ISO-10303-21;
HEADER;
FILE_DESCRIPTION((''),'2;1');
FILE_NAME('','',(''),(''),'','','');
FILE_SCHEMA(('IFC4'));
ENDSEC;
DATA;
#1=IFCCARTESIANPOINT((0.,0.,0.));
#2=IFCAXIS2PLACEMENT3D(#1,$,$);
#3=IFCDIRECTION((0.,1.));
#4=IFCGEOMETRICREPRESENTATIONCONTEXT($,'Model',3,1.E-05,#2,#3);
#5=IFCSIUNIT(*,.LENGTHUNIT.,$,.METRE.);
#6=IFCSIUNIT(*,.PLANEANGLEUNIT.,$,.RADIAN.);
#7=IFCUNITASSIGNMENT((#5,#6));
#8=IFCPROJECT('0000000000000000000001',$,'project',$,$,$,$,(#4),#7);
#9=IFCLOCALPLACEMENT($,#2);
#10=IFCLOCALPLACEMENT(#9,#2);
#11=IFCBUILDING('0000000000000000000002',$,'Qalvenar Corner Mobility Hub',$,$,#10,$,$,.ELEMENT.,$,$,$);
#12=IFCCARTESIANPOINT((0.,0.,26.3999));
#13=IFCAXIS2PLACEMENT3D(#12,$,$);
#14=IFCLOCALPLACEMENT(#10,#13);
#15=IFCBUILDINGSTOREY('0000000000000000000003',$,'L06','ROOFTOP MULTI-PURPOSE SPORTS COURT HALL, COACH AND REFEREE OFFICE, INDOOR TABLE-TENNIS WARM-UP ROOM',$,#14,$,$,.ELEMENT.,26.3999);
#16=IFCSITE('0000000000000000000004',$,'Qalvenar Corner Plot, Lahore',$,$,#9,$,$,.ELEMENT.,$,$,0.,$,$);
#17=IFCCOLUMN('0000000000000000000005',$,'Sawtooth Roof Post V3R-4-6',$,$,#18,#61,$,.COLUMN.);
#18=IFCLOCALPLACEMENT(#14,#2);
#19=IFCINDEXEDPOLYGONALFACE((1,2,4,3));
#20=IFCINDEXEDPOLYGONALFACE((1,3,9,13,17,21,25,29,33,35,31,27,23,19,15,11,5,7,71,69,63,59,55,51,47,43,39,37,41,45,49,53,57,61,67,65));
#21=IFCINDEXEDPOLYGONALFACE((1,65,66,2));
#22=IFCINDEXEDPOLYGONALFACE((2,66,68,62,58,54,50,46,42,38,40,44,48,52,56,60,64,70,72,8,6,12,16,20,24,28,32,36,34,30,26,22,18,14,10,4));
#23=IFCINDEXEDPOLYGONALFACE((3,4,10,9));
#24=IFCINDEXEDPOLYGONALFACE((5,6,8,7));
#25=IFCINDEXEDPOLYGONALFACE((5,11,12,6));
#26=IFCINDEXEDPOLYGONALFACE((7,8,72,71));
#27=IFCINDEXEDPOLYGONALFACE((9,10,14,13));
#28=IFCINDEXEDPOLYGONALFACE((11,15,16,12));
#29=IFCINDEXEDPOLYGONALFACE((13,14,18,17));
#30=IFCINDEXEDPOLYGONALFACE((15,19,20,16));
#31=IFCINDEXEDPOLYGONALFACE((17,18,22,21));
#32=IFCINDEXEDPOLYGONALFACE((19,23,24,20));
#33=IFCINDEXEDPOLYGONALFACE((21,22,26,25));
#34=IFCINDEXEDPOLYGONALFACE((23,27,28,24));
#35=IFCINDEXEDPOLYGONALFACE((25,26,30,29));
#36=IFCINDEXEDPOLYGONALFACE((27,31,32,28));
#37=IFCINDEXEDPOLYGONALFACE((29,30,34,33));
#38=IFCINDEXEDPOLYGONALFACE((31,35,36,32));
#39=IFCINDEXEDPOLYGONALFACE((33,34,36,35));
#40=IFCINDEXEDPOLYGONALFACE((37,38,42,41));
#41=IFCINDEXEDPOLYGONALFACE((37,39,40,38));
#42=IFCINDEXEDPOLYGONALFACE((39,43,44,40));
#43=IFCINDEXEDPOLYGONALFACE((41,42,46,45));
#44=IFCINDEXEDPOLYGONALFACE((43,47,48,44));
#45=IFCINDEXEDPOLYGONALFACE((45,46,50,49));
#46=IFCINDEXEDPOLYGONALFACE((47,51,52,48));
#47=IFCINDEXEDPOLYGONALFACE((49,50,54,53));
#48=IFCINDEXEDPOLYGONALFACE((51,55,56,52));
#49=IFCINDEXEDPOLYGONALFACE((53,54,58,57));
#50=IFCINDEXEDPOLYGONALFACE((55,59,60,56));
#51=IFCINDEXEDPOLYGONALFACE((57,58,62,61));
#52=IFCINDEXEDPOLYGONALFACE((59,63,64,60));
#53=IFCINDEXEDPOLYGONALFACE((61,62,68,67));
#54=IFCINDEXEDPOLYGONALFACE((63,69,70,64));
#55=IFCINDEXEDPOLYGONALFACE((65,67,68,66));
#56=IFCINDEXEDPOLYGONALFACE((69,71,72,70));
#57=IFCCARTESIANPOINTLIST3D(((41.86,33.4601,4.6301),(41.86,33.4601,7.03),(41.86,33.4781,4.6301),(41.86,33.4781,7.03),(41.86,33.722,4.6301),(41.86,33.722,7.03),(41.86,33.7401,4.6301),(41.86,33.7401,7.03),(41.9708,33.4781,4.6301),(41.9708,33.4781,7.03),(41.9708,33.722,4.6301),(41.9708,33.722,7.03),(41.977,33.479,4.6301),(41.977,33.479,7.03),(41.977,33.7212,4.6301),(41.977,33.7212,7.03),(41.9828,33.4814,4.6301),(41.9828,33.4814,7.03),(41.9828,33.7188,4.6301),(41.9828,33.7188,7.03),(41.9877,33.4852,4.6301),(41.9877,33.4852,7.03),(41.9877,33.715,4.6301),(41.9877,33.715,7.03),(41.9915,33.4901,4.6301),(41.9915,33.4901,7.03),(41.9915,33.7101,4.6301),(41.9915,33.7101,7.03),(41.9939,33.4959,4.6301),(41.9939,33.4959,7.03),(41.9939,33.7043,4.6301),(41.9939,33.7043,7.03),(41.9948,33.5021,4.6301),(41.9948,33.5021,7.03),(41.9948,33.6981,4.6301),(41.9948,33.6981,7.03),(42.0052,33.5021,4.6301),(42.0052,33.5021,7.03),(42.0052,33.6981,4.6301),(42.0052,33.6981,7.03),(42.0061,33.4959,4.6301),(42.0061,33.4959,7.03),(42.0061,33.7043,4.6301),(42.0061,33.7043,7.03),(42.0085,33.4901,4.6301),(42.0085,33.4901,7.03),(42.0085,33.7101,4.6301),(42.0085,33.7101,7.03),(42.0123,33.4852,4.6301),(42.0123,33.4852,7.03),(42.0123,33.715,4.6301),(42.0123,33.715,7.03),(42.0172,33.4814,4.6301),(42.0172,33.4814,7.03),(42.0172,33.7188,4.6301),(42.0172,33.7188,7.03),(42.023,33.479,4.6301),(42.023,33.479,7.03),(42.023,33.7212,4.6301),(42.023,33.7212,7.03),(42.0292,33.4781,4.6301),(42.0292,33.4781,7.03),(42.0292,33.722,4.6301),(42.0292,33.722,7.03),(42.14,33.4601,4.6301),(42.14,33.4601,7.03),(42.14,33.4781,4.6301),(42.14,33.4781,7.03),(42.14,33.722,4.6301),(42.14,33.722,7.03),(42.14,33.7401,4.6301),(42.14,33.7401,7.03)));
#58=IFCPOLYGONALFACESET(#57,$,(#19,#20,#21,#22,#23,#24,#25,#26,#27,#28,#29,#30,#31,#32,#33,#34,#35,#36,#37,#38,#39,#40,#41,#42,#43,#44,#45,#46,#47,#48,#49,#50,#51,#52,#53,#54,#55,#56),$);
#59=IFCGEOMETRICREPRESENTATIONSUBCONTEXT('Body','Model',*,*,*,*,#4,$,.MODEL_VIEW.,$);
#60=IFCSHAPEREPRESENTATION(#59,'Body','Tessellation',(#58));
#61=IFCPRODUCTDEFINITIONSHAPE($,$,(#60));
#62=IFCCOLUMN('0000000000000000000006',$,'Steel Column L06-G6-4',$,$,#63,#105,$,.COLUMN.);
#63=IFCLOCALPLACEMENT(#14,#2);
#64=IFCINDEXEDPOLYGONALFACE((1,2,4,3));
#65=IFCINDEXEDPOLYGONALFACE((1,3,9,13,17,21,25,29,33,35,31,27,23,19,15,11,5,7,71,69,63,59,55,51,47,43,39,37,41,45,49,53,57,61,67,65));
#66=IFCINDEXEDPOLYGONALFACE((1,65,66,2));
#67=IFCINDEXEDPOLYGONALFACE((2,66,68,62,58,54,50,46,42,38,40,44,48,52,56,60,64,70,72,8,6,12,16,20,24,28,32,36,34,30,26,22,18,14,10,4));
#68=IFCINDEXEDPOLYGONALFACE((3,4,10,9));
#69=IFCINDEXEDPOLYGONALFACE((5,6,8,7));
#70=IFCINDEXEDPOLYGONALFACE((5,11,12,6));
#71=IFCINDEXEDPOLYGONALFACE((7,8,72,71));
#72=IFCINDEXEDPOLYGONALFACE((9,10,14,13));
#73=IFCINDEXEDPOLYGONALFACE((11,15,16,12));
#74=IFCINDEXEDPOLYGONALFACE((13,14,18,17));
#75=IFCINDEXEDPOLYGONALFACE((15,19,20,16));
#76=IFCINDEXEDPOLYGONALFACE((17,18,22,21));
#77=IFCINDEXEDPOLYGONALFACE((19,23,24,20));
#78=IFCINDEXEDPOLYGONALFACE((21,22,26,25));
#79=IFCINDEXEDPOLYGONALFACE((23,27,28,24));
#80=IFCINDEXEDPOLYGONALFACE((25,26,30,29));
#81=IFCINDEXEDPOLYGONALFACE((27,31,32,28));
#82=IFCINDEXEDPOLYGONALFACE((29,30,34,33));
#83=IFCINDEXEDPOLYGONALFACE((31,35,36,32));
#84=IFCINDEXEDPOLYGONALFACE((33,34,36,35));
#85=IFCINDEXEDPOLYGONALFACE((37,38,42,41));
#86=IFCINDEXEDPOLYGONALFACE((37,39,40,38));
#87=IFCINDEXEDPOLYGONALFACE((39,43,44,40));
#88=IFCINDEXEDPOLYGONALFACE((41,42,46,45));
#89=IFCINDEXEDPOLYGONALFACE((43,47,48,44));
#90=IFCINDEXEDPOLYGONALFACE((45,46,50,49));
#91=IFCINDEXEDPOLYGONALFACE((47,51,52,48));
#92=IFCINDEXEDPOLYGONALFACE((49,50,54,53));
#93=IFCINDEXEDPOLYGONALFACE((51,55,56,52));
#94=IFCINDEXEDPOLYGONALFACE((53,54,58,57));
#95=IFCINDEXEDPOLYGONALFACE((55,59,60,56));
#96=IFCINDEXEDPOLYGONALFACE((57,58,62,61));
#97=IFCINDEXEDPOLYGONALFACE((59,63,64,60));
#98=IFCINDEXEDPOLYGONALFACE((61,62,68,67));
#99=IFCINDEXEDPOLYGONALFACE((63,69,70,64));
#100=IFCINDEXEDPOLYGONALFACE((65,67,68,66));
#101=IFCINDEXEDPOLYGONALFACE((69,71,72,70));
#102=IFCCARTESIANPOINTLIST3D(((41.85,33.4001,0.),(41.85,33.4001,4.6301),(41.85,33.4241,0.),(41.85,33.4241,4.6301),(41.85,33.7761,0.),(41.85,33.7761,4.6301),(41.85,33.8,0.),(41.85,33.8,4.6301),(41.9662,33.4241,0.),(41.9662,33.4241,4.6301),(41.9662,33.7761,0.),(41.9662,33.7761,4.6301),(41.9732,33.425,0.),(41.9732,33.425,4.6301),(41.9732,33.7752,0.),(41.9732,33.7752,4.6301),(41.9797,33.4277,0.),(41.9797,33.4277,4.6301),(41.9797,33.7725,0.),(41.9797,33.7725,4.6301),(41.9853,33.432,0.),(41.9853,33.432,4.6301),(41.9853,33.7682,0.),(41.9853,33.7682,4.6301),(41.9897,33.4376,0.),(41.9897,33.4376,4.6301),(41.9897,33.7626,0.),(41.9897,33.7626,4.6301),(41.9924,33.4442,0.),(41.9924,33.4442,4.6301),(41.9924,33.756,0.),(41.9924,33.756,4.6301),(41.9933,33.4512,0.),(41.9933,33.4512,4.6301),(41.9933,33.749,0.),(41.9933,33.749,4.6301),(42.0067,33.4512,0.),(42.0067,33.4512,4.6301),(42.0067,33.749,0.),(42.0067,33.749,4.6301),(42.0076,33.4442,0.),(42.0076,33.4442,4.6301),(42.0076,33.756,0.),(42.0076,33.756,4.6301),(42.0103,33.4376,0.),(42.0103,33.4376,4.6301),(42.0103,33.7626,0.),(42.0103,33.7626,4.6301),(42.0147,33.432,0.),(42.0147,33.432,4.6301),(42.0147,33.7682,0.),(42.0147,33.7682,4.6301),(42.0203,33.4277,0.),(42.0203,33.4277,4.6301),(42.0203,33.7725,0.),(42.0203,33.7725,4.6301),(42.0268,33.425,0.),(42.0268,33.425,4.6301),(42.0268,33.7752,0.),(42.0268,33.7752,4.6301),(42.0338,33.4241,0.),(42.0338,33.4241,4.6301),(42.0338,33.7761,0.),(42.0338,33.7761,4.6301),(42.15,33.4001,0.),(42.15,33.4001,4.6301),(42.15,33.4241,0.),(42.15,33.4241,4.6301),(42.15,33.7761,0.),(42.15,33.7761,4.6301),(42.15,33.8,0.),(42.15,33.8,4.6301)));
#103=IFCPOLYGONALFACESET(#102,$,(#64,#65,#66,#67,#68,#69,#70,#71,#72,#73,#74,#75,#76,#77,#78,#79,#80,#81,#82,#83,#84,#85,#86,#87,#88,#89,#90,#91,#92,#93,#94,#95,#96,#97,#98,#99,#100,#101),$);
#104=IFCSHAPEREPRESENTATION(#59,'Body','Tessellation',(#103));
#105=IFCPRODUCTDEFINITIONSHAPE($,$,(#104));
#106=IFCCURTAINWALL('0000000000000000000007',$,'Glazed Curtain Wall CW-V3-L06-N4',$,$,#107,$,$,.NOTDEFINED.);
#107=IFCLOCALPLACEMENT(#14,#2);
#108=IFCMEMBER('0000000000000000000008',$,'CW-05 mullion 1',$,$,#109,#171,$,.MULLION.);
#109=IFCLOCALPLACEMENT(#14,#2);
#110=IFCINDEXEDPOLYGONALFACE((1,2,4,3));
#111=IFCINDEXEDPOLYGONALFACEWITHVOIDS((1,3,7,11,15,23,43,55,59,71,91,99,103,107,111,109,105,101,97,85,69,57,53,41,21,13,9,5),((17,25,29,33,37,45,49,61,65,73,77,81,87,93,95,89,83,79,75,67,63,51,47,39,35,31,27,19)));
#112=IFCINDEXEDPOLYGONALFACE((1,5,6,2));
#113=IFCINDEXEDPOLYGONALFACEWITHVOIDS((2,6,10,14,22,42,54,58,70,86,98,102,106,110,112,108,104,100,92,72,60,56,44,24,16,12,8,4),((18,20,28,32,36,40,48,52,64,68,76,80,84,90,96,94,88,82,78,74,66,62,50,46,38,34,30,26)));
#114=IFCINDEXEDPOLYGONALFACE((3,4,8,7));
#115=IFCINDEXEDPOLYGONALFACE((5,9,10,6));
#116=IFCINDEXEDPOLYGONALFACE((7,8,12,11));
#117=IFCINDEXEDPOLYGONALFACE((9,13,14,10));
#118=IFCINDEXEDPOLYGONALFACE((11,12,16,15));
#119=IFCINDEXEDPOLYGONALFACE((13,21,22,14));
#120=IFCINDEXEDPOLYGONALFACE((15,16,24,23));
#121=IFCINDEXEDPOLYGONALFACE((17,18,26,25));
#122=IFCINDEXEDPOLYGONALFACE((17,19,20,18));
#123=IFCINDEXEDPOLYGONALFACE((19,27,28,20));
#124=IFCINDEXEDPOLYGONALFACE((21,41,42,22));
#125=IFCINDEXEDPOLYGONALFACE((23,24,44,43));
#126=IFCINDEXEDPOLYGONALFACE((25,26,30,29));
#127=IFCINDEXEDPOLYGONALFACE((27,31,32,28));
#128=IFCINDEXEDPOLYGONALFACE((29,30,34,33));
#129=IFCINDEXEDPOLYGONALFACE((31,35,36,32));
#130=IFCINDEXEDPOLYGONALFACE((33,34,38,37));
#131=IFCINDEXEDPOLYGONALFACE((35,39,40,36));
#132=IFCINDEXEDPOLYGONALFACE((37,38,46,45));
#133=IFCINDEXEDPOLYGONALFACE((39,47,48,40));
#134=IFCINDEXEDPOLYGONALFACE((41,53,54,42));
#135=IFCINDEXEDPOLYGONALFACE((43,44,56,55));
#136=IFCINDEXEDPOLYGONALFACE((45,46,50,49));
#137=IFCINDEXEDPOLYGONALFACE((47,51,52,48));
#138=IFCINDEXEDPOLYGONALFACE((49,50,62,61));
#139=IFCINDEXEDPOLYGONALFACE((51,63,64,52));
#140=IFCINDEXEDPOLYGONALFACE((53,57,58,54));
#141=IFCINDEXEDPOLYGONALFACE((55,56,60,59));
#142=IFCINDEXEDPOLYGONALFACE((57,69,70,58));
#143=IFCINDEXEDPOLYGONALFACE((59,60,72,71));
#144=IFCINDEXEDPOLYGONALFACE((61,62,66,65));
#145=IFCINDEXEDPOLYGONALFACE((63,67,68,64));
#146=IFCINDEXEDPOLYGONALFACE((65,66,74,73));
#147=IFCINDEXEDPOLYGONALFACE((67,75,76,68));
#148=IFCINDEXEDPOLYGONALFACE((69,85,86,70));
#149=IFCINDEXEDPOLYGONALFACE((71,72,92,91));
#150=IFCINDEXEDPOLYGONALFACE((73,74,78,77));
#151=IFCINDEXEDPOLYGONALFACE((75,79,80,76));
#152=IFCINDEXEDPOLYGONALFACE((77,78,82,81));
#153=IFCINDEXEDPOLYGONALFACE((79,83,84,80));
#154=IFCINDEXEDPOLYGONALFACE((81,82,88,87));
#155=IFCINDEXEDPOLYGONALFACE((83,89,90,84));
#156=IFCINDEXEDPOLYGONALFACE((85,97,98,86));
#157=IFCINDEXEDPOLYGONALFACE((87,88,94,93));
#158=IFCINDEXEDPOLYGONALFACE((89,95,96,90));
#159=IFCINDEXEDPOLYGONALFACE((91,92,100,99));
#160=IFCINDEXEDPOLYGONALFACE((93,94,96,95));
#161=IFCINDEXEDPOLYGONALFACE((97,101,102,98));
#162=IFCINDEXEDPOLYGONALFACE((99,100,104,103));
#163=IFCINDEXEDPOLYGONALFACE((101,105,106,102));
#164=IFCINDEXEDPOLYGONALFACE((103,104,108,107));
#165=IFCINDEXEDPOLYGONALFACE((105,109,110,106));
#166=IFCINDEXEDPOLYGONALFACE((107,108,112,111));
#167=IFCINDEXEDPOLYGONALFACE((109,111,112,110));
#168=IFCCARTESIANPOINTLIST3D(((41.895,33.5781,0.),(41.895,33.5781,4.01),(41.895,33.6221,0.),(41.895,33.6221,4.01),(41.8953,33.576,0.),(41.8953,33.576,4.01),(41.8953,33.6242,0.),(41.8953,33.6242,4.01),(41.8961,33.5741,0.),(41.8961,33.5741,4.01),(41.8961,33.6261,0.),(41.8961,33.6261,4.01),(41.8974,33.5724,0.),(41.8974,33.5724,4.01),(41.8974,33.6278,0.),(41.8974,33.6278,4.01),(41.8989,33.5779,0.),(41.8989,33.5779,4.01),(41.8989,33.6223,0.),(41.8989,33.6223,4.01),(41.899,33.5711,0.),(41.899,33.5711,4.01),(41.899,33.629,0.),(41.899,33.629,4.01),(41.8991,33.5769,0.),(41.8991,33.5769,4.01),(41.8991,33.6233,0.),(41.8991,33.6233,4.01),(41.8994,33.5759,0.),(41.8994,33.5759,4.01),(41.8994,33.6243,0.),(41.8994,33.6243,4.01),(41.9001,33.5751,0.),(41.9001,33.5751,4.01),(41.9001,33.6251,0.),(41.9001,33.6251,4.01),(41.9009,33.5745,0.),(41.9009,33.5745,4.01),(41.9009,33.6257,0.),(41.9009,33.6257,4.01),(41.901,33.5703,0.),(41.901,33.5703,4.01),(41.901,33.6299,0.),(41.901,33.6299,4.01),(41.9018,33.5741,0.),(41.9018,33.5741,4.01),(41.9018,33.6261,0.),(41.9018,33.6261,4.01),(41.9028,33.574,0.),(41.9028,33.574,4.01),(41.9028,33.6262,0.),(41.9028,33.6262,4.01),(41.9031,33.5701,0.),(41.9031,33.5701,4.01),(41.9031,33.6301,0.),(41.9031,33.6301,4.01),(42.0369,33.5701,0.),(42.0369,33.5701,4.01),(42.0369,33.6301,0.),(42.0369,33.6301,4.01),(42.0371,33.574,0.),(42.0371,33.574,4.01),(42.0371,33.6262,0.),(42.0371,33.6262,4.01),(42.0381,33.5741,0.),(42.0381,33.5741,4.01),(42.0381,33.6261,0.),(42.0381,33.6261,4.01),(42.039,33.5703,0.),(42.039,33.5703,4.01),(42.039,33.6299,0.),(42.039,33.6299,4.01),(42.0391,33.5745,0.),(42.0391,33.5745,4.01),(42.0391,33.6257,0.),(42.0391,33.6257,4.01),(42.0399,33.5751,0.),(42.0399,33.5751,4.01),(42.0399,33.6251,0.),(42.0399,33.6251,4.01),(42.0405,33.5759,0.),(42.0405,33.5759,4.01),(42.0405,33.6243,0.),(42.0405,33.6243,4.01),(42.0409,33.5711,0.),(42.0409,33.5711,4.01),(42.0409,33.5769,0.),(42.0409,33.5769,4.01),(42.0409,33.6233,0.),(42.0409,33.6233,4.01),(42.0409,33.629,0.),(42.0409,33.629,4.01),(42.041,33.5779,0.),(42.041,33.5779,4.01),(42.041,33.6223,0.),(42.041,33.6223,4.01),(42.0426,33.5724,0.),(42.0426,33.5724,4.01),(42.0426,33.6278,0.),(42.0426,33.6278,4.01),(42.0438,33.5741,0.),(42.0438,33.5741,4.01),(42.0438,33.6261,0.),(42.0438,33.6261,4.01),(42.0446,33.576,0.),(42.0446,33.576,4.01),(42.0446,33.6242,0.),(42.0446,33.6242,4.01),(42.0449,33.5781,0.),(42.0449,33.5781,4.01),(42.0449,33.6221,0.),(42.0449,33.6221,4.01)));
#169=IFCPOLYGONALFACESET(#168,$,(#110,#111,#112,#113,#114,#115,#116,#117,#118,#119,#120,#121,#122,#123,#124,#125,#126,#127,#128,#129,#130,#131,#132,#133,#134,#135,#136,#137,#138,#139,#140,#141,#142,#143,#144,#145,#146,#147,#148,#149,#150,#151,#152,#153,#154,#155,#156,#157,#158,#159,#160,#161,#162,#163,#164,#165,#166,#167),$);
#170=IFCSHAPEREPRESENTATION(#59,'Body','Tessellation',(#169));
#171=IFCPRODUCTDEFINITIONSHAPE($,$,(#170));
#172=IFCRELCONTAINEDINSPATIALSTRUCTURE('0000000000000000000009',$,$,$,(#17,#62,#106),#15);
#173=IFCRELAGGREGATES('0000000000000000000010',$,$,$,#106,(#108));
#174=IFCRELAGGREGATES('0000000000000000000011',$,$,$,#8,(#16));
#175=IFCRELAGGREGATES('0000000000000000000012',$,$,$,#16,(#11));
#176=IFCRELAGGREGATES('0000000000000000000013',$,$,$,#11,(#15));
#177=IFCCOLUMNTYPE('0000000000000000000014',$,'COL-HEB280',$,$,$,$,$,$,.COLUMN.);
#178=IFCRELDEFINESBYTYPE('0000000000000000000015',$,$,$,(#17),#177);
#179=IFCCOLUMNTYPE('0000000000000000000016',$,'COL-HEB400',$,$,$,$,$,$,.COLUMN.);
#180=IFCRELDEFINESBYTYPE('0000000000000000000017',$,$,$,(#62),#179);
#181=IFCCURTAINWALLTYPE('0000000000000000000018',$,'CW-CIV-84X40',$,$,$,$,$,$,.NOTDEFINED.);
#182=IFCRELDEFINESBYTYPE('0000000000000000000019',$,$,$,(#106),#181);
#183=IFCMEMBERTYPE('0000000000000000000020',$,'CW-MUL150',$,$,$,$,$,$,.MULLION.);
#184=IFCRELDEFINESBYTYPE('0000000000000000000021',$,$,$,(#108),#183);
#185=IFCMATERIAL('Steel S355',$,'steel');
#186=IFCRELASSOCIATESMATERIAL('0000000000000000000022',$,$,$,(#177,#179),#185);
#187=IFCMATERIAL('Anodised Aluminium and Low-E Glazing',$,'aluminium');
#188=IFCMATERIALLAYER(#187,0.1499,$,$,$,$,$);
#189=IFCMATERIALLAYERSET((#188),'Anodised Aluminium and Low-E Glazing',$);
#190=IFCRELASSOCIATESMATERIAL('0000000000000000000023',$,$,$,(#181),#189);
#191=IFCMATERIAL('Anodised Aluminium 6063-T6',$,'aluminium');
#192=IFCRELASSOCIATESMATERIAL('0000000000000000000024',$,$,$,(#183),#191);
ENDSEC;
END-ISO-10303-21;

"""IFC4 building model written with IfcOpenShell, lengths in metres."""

from ifc_helpers import new_model, si_unit, direction, frame, origin, origin_2d, place, context, subcontext, project, spatial, hollow_rectangle, i_section, extrude, material, layer, layer_set, material_profile, profile_set, type_object, element, aggregate, save


model = new_model("IFC4")

# Units and contexts
model_context = context("Model", 3, precision=1e-05, world=origin(), true_north=direction((0.0, 1.0)))
body_context = subcontext(model_context, "Body", "Model", "MODEL_VIEW")
ifc_project = project(units=[si_unit("LENGTHUNIT", "METRE"), si_unit("PLANEANGLEUNIT", "RADIAN")], contexts=[model_context])

# Site, building, storey
site_placement = place(None, origin())
site = spatial("IfcSite", under=ifc_project, at=site_placement, Name="Qalvenar Corner Plot, Lahore", CompositionType="ELEMENT", RefElevation=0.0)
building_placement = place(site_placement, origin())
building = spatial("IfcBuilding", under=site, at=building_placement, Name="Qalvenar Corner Mobility Hub", CompositionType="ELEMENT")
storey_placement = place(building_placement, frame((0.0, 0.0, 26.3999)))
storey = spatial("IfcBuildingStorey", under=building, at=storey_placement, Name="L06", Description="ROOFTOP MULTI-PURPOSE SPORTS COURT HALL, COACH AND REFEREE OFFICE, INDOOR TABLE-TENNIS WARM-UP ROOM", CompositionType="ELEMENT", Elevation=26.3999)

# Columns
ifc_material_1 = material(Name="Steel S355", Category="steel")
ifc_material_profile_1 = material_profile(ifc_material_1, i_section(OverallWidth=0.28, OverallDepth=0.28, WebThickness=0.0105, FlangeThickness=0.0181, FilletRadius=0.0239, at=origin_2d()), Name="HEB280")
ifc_profile_set_1 = profile_set([ifc_material_profile_1], Name="Steel S355")
column_type_1 = type_object("IfcColumnType", Name="COL-HEB280", PredefinedType="COLUMN", material=ifc_profile_set_1)
column_1_placement = place(storey_placement, frame((42.0, 33.6001, 4.6301), z_axis=(0.0, 0.0, 1.0), x_axis=(1.0, 0.0, 0.0)))
element("IfcColumn", 1, at=column_1_placement, inside=storey, type_object=column_type_1, Name="Sawtooth Roof Post V3R-4-6", PredefinedType="COLUMN", context=body_context, shape_type="SweptSolid", body=[
    extrude(i_section(OverallWidth=0.28, OverallDepth=0.28, WebThickness=0.0105, FlangeThickness=0.0181, FilletRadius=0.0239, at=origin_2d()), origin(), (0.0, 0.0, 1.0), 2.3999),
])
ifc_material_profile_2 = material_profile(ifc_material_1, i_section(OverallWidth=0.3, OverallDepth=0.3999, WebThickness=0.0134, FlangeThickness=0.0239, FilletRadius=0.0271, at=origin_2d()), Name="HEB400")
ifc_profile_set_2 = profile_set([ifc_material_profile_2], Name="Steel S355")
column_type_2 = type_object("IfcColumnType", Name="COL-HEB400", PredefinedType="COLUMN", material=ifc_profile_set_2)
column_2_placement = place(storey_placement, frame((42.0, 33.6001, 0.0), z_axis=(0.0, 0.0, 1.0), x_axis=(1.0, 0.0, 0.0)))
element("IfcColumn", 2, at=column_2_placement, inside=storey, type_object=column_type_2, Name="Steel Column L06-G6-4", PredefinedType="COLUMN", context=body_context, shape_type="SweptSolid", body=[
    extrude(i_section(OverallWidth=0.3, OverallDepth=0.3999, WebThickness=0.0134, FlangeThickness=0.0239, FilletRadius=0.0271, at=origin_2d()), origin(), (0.0, 0.0, 1.0), 4.6301),
])

# Curtain wall, member
ifc_material_2 = material(Name="Anodised Aluminium and Low-E Glazing", Category="aluminium")
ifc_layer_1 = layer(ifc_material_2, 0.1499)
ifc_layer_set_1 = layer_set([ifc_layer_1], Name="Anodised Aluminium and Low-E Glazing")
curtain_wall_type_1 = type_object("IfcCurtainWallType", Name="CW-CIV-84X40", PredefinedType="NOTDEFINED", material=ifc_layer_set_1)
curtain_wall_1_placement = place(storey_placement, origin())
curtain_wall_1 = element("IfcCurtainWall", 3, at=curtain_wall_1_placement, inside=storey, type_object=curtain_wall_type_1, Name="Glazed Curtain Wall CW-V3-L06-N4", PredefinedType="NOTDEFINED")
ifc_material_3 = material(Name="Anodised Aluminium 6063-T6", Category="aluminium")
ifc_material_profile_3 = material_profile(ifc_material_3, hollow_rectangle(XDim=0.0601, YDim=0.1499, WallThickness=0.0039, InnerFilletRadius=0.0039, OuterFilletRadius=0.0081, at=origin_2d()), Name="RHS150x60x4")
ifc_profile_set_3 = profile_set([ifc_material_profile_3], Name="Anodised Aluminium 6063-T6")
member_type_1 = type_object("IfcMemberType", Name="CW-MUL150", PredefinedType="MULLION", material=ifc_profile_set_3)
member_1_placement = place(storey_placement, frame((41.97, 33.6001, 0.0), z_axis=(0.0, 0.0, 1.0), x_axis=(0.0, -1.0, 0.0)))
member_1 = element("IfcMember", 4, at=member_1_placement, type_object=member_type_1, Name="CW-05 mullion 1", PredefinedType="MULLION", context=body_context, shape_type="SweptSolid", body=[
    extrude(hollow_rectangle(XDim=0.0601, YDim=0.1499, WallThickness=0.0039, InnerFilletRadius=0.0039, OuterFilletRadius=0.0081, at=origin_2d()), origin(), (0.0, 0.0, 1.0), 4.01),
])

aggregate(curtain_wall_1, [member_1])

save(model, "model.ifc")
